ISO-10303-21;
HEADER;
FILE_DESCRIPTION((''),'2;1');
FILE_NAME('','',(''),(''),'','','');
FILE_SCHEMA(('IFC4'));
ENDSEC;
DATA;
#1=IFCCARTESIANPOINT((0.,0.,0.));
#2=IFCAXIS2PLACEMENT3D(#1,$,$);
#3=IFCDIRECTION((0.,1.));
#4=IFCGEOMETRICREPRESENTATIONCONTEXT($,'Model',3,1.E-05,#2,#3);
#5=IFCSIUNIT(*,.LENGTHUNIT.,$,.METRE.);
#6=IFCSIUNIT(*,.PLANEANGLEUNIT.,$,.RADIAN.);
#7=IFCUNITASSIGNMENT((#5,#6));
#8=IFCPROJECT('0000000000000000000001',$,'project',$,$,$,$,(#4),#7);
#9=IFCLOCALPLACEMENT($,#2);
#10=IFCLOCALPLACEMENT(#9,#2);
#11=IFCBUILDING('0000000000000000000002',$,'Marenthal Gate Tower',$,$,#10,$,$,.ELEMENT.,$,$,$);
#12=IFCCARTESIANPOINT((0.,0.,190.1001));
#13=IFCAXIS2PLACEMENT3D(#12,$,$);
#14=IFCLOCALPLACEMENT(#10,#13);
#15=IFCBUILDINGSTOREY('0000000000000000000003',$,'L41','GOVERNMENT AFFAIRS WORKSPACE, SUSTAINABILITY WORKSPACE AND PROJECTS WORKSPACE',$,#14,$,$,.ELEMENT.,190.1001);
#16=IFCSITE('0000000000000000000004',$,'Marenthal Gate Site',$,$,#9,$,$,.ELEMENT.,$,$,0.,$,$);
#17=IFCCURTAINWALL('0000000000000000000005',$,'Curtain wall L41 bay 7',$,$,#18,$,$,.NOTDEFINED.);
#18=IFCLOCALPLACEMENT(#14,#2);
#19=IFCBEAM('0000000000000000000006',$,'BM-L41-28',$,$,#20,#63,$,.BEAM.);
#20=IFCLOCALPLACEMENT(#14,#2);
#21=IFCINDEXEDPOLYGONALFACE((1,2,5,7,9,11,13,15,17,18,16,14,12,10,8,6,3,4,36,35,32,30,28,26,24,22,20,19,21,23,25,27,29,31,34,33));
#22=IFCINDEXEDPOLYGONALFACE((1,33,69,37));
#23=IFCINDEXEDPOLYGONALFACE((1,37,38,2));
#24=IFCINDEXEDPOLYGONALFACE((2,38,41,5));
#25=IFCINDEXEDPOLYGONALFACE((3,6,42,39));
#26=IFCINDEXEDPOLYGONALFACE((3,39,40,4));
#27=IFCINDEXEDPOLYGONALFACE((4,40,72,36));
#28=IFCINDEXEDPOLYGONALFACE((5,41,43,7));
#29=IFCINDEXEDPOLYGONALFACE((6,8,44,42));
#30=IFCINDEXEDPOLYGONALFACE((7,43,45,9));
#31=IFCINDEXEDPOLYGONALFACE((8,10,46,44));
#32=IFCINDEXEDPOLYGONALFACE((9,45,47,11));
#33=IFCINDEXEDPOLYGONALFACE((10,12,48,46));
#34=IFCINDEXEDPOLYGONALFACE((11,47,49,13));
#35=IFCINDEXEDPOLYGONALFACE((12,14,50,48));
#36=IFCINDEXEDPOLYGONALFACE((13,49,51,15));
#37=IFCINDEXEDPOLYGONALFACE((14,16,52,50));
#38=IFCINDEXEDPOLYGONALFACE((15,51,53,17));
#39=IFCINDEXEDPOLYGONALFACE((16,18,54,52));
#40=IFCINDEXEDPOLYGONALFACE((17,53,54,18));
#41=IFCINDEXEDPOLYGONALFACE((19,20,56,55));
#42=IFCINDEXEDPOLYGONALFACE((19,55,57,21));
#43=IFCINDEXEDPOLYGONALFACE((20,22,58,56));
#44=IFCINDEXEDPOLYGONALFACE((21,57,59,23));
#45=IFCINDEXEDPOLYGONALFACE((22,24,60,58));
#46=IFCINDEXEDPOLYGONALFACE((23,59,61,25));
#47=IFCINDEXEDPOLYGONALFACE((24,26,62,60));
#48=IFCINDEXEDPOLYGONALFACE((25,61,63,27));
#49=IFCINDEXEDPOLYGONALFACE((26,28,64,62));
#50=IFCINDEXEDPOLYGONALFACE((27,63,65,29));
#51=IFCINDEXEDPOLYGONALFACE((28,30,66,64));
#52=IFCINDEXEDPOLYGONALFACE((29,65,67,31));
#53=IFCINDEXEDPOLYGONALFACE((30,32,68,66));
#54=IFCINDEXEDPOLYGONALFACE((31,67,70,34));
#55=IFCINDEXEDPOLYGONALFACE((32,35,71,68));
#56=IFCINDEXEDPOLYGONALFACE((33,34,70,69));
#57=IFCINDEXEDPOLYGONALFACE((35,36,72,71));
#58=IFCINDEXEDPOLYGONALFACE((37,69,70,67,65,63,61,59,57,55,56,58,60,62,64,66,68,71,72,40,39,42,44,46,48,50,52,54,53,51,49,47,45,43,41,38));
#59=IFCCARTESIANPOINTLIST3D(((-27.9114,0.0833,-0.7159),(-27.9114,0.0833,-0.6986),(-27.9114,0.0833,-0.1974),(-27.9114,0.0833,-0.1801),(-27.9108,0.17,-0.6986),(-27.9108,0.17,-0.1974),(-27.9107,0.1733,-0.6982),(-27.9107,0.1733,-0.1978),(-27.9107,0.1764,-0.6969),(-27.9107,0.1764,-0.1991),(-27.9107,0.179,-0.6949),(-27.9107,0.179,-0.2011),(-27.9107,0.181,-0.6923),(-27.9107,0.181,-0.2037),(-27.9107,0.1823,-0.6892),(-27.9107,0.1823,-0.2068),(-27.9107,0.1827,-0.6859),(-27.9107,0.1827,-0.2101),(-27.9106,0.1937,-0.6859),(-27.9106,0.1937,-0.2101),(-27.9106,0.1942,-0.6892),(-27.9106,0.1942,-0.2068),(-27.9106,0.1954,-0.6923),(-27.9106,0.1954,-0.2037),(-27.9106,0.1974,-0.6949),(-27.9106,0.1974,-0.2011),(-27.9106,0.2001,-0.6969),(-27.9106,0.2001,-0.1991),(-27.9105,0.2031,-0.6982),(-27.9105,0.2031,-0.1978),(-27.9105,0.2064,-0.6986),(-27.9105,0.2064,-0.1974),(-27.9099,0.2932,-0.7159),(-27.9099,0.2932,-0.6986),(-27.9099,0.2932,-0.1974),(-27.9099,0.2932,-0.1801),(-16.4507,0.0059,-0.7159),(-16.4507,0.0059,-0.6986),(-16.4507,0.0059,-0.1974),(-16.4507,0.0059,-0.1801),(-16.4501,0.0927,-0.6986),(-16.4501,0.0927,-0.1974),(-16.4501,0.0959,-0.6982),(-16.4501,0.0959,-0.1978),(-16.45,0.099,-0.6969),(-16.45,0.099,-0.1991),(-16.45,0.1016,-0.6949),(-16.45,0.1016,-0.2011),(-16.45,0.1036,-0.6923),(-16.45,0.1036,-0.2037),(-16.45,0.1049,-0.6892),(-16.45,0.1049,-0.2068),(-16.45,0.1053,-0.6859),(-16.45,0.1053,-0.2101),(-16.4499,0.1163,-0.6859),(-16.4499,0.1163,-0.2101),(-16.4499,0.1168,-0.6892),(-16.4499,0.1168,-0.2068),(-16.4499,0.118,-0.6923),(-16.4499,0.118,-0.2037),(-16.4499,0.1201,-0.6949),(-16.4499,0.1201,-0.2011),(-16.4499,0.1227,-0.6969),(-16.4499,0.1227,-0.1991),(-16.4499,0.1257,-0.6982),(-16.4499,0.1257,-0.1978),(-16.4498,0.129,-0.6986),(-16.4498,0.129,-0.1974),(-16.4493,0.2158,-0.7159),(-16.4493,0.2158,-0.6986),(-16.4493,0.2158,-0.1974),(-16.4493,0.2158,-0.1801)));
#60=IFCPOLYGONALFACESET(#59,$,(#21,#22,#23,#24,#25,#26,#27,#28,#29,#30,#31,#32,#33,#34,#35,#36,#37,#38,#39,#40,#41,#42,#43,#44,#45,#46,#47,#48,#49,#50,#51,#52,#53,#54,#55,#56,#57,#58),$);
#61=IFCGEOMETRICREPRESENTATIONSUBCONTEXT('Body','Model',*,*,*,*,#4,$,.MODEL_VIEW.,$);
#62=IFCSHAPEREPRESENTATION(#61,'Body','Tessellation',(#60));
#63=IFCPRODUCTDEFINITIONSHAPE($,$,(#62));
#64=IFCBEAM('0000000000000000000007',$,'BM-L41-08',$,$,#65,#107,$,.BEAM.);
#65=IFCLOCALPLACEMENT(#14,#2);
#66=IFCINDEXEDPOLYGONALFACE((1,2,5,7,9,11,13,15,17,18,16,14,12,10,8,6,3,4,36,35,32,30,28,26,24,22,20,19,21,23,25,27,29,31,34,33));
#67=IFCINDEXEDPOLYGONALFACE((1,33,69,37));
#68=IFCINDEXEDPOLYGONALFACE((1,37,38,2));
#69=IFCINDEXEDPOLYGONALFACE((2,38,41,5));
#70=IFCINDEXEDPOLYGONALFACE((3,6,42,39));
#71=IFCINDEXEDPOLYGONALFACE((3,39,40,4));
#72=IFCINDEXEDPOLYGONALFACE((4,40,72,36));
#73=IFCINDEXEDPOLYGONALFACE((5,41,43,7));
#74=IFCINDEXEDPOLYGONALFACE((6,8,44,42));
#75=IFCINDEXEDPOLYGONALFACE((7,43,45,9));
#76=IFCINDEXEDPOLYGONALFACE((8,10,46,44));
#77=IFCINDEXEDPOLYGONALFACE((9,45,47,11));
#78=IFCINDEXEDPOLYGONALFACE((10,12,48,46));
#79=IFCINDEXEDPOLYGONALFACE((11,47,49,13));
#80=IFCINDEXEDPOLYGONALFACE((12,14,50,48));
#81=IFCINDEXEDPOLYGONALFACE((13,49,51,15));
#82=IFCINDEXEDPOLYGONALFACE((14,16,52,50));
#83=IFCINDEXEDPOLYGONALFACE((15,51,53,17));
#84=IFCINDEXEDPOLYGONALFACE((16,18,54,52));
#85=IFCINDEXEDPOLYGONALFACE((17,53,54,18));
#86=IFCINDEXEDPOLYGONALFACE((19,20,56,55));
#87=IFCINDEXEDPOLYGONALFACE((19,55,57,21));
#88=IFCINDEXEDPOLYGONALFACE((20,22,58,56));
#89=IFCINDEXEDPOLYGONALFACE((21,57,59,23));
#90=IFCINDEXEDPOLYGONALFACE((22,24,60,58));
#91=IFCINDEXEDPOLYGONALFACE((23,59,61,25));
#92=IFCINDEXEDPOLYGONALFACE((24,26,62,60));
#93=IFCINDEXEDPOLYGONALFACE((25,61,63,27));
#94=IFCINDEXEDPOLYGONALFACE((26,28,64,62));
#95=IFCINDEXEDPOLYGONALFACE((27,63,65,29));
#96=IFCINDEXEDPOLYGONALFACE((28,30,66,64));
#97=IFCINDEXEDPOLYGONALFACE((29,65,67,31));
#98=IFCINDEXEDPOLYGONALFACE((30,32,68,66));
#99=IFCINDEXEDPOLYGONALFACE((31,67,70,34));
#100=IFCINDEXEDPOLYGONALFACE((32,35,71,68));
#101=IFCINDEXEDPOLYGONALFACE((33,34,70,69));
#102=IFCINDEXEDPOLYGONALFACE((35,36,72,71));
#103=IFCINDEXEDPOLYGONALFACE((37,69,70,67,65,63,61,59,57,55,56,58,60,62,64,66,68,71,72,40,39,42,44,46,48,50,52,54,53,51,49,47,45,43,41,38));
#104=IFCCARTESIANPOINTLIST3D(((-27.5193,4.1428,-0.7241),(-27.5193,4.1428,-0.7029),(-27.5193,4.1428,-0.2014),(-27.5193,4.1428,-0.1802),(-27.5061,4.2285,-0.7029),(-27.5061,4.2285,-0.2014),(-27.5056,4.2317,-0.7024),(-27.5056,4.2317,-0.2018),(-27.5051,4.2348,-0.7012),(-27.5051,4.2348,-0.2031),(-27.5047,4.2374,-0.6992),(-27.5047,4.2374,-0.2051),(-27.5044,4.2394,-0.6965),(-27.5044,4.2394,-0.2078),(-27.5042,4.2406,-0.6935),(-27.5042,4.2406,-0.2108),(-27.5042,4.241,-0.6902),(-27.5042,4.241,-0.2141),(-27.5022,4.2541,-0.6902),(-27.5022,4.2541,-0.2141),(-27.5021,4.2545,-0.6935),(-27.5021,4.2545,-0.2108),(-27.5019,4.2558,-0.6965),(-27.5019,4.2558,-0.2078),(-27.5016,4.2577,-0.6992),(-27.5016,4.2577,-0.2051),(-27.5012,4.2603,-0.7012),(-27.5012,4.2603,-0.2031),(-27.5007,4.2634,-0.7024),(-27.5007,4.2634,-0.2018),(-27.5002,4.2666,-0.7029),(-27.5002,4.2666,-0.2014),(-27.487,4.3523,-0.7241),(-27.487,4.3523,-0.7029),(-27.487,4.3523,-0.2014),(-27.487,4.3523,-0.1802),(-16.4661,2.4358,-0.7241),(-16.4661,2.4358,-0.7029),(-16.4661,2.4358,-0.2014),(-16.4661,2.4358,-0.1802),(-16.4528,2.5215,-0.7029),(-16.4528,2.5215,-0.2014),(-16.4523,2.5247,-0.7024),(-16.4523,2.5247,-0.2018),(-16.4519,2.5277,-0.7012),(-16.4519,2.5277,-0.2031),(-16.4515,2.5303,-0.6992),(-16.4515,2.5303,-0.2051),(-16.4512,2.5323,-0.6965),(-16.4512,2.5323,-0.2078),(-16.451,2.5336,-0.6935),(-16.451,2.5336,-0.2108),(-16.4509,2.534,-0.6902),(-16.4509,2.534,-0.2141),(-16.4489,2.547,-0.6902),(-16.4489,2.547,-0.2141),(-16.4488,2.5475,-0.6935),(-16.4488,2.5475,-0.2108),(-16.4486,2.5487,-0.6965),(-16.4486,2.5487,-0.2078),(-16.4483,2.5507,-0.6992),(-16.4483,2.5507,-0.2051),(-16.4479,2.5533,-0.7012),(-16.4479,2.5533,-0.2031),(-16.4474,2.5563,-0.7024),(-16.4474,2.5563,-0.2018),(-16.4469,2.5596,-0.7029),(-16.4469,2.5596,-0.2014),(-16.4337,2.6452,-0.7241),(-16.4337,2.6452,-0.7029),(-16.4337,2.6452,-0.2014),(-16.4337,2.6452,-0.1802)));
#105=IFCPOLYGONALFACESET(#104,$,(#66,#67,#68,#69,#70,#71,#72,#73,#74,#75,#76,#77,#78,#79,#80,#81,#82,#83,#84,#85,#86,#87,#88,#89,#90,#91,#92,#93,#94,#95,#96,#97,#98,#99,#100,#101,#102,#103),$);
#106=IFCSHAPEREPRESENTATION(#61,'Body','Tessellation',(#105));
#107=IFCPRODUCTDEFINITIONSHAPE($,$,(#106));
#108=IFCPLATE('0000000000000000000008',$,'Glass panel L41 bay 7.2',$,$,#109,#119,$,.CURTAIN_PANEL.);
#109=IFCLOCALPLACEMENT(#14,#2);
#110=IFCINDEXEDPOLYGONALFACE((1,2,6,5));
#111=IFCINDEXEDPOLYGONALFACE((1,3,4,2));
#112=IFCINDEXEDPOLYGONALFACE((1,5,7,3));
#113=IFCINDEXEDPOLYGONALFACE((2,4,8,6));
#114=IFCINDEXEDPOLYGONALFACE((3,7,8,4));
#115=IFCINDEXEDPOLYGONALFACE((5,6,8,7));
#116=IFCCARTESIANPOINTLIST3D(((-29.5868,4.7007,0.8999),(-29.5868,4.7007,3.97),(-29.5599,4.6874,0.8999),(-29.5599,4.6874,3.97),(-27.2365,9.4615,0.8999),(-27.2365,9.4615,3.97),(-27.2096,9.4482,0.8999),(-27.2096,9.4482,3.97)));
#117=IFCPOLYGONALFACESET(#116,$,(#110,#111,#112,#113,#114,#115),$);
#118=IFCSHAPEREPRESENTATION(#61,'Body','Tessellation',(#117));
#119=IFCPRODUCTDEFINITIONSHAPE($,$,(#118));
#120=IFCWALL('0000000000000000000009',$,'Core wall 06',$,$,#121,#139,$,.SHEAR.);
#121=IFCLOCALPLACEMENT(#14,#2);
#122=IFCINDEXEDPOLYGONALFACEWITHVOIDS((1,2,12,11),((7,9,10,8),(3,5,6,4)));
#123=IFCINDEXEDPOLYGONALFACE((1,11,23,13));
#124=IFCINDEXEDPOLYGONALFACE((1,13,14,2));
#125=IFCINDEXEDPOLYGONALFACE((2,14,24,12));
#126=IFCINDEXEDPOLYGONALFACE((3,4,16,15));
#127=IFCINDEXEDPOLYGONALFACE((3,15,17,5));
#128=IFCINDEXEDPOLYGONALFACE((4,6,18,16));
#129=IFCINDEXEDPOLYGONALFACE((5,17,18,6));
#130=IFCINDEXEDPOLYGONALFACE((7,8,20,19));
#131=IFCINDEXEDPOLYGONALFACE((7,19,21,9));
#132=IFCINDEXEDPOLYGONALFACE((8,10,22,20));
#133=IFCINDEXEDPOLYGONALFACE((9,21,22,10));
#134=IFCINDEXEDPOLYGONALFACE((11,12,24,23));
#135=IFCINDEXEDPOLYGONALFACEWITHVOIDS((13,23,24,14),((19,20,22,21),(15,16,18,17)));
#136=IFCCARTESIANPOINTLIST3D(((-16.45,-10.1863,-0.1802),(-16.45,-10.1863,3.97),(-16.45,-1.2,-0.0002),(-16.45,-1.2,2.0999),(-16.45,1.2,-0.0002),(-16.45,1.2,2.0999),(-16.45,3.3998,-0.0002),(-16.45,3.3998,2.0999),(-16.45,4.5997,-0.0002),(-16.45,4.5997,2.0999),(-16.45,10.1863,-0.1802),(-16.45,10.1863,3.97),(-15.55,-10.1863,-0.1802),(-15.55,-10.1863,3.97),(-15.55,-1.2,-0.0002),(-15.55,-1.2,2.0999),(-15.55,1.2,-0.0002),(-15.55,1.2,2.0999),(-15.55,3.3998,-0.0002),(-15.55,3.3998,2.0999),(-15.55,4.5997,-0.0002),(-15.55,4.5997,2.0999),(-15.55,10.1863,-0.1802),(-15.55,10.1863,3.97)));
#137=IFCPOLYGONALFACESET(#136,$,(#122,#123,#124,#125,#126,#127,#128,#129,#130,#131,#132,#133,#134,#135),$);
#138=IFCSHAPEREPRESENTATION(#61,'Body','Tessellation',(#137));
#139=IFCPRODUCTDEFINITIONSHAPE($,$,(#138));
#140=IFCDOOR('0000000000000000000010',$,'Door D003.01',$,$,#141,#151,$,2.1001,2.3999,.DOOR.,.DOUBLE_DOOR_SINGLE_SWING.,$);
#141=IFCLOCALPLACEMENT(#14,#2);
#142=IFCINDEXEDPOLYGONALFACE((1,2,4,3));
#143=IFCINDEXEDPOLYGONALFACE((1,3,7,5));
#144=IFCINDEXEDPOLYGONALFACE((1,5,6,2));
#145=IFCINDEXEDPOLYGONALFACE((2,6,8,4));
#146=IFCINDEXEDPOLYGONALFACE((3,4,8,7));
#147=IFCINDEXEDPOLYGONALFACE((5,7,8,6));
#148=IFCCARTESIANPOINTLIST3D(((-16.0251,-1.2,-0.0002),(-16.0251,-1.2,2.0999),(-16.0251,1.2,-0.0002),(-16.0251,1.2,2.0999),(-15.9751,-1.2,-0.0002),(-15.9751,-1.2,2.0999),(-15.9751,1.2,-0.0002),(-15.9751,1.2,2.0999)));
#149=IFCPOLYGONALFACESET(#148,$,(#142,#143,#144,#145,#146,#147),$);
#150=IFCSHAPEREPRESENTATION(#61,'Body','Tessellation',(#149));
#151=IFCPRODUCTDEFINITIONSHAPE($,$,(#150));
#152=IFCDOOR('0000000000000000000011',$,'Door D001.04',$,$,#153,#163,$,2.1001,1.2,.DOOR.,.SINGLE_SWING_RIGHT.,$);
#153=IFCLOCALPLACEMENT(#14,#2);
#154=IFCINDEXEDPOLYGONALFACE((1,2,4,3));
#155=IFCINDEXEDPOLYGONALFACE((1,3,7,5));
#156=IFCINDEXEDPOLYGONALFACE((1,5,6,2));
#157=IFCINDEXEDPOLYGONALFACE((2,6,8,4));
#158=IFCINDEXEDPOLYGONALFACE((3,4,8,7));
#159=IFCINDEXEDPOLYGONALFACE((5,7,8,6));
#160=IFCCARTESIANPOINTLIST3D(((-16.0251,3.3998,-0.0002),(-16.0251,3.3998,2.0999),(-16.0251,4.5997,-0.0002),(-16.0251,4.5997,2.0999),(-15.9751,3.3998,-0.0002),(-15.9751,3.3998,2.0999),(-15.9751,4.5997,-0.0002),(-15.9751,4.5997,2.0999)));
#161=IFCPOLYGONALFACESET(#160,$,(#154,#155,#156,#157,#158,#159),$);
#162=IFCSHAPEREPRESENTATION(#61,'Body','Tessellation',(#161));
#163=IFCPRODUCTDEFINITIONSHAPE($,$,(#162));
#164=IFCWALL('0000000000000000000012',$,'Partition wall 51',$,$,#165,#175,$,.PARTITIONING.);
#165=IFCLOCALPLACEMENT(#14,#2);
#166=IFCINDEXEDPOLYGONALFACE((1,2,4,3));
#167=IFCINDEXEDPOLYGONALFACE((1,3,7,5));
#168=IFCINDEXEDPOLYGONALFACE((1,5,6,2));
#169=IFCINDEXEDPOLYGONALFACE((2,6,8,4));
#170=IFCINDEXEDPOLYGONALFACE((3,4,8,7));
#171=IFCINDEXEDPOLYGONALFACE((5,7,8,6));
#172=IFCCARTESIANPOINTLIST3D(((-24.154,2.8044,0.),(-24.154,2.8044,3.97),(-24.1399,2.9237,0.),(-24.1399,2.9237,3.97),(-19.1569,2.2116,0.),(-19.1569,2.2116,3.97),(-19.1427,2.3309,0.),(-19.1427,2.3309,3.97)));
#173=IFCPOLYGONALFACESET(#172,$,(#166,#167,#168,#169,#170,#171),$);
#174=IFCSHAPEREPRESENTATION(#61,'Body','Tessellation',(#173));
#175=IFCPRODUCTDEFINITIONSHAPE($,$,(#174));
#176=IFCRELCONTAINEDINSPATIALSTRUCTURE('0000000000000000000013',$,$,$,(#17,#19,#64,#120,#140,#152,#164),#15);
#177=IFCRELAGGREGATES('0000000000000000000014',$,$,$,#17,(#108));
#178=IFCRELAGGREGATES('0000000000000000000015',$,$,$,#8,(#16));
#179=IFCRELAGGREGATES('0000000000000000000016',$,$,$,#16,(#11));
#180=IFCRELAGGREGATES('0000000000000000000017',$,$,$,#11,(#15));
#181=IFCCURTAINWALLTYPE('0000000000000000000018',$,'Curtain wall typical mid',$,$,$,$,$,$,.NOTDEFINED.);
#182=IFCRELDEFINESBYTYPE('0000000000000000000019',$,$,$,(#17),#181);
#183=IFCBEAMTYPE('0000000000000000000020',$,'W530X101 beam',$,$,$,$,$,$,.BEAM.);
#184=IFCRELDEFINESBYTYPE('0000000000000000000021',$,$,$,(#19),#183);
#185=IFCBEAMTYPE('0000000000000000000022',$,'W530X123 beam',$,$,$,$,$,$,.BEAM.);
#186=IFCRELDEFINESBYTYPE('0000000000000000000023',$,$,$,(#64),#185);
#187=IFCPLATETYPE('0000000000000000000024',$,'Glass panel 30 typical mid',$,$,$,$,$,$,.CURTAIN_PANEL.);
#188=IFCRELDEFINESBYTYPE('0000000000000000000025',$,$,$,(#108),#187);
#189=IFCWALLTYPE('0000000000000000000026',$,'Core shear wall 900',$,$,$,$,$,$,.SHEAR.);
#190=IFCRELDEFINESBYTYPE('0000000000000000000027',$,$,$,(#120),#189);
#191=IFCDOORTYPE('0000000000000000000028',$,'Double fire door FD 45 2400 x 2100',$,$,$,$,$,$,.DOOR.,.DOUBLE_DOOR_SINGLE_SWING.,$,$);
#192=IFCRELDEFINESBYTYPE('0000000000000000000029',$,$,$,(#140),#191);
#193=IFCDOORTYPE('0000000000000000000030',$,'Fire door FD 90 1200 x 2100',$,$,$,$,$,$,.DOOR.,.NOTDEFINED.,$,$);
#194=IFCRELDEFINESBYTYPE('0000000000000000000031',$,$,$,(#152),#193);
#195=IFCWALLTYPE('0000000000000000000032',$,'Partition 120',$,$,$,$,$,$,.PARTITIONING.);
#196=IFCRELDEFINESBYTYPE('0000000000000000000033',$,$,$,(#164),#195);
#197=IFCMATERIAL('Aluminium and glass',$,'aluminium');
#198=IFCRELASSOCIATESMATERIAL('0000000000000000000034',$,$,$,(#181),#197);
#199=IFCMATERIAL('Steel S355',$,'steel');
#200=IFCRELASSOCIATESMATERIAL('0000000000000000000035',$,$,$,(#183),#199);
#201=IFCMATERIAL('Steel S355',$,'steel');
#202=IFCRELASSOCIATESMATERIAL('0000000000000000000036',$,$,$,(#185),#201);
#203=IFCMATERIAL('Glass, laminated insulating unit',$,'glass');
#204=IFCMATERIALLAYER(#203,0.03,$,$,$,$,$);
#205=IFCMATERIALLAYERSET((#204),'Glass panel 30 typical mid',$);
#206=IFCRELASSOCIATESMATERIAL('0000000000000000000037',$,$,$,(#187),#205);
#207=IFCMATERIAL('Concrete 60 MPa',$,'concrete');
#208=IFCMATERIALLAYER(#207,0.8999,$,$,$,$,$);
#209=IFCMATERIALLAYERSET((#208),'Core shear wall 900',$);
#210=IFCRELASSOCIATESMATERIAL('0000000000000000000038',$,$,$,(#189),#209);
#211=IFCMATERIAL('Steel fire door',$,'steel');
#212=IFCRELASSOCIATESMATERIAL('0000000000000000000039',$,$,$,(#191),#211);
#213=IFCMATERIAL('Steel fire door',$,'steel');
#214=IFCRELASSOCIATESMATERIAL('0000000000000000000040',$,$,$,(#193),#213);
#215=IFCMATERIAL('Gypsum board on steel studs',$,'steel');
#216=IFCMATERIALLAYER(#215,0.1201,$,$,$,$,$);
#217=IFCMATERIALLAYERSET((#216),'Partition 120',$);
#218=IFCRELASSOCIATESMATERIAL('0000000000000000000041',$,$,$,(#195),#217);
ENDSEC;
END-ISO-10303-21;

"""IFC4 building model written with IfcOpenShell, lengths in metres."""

from ifc_helpers import new_model, si_unit, direction, frame, frame_2d, origin, origin_2d, place, context, subcontext, project, spatial, rectangle, i_section, extrude, material, layer, layer_set, material_profile, profile_set, type_object, element, fill, aggregate, save


model = new_model("IFC4")

# Units and contexts
model_context = context("Model", 3, precision=1e-05, world=origin(), true_north=direction((0.0, 1.0)))
body_context = subcontext(model_context, "Body", "Model", "MODEL_VIEW")
ifc_project = project(units=[si_unit("LENGTHUNIT", "METRE"), si_unit("PLANEANGLEUNIT", "RADIAN")], contexts=[model_context])

# Site, building, storey
site_placement = place(None, origin())
site = spatial("IfcSite", under=ifc_project, at=site_placement, Name="Marenthal Gate Site", CompositionType="ELEMENT", RefElevation=0.0)
building_placement = place(site_placement, origin())
building = spatial("IfcBuilding", under=site, at=building_placement, Name="Marenthal Gate Tower", CompositionType="ELEMENT")
storey_placement = place(building_placement, frame((0.0, 0.0, 190.1001)))
storey = spatial("IfcBuildingStorey", under=building, at=storey_placement, Name="L41", Description="GOVERNMENT AFFAIRS WORKSPACE, SUSTAINABILITY WORKSPACE AND PROJECTS WORKSPACE", CompositionType="ELEMENT", Elevation=190.1001)

# Curtain wall
ifc_material_1 = material(Name="Aluminium and glass", Category="aluminium")
curtain_wall_type = type_object("IfcCurtainWallType", Name="Curtain wall typical mid", PredefinedType="NOTDEFINED", material=ifc_material_1)
curtain_wall_placement = place(storey_placement, origin())
curtain_wall = element("IfcCurtainWall", 1, at=curtain_wall_placement, inside=storey, type_object=curtain_wall_type, Name="Curtain wall L41 bay 7", PredefinedType="NOTDEFINED")

# Beams
ifc_material_2 = material(Name="Steel S355", Category="steel")
ifc_material_profile_1 = material_profile(ifc_material_2, i_section(OverallWidth=0.21, OverallDepth=0.5359, WebThickness=0.011, FlangeThickness=0.0173, FilletRadius=0.0127, at=origin_2d()), Name="W530X101")
ifc_profile_set_1 = profile_set([ifc_material_profile_1], Name="Steel S355")
beam_type_1 = type_object("IfcBeamType", Name="W530X101 beam", PredefinedType="BEAM", material=ifc_profile_set_1)
beam_1_placement = place(storey_placement, frame((-27.9106, 0.1882, -0.448), z_axis=(0.999977, -0.006753, 0.0), x_axis=(0.006753, 0.999977, 0.0)))
element("IfcBeam", 2, at=beam_1_placement, inside=storey, type_object=beam_type_1, Name="BM-L41-28", PredefinedType="BEAM", context=body_context, shape_type="SweptSolid", body=[
    extrude(i_section(OverallWidth=0.21, OverallDepth=0.5359, WebThickness=0.011, FlangeThickness=0.0173, FilletRadius=0.0127, at=origin_2d()), origin(), (0.0, 0.0, 1.0), 11.4609),
])
ifc_material_3 = material(Name="Steel S355", Category="steel")
ifc_material_profile_2 = material_profile(ifc_material_3, i_section(OverallWidth=0.2119, OverallDepth=0.5439, WebThickness=0.0132, FlangeThickness=0.0212, FilletRadius=0.0127, at=origin_2d()), Name="W530X123")
ifc_profile_set_2 = profile_set([ifc_material_profile_2], Name="Steel S355")
beam_type_2 = type_object("IfcBeamType", Name="W530X123 beam", PredefinedType="BEAM", material=ifc_profile_set_2)
beam_2_placement = place(storey_placement, frame((-27.5032, 4.2476, -0.4521), z_axis=(0.988284, -0.152628, 0.0), x_axis=(0.152628, 0.988284, 0.0)))
element("IfcBeam", 3, at=beam_2_placement, inside=storey, type_object=beam_type_2, Name="BM-L41-08", PredefinedType="BEAM", context=body_context, shape_type="SweptSolid", body=[
    extrude(i_section(OverallWidth=0.2119, OverallDepth=0.5439, WebThickness=0.0132, FlangeThickness=0.0212, FilletRadius=0.0127, at=origin_2d()), origin(), (0.0, 0.0, 1.0), 11.1843),
])

# Plate
ifc_material_4 = material(Name="Glass, laminated insulating unit", Category="glass")
ifc_layer_1 = layer(ifc_material_4, 0.03)
ifc_layer_set_1 = layer_set([ifc_layer_1], Name="Glass panel 30 typical mid")
plate_type = type_object("IfcPlateType", Name="Glass panel 30 typical mid", PredefinedType="CURTAIN_PANEL", material=ifc_layer_set_1)
plate_placement = place(storey_placement, frame((-28.3982, 7.0745, 0.8999), z_axis=(0.0, 0.0, 1.0), x_axis=(-0.442678, -0.896681, 0.0)))
plate = element("IfcPlate", 4, at=plate_placement, type_object=plate_type, Name="Glass panel L41 bay 7.2", PredefinedType="CURTAIN_PANEL", context=body_context, shape_type="SweptSolid", body=[
    extrude(rectangle(XDim=5.3093, YDim=0.03, at=origin_2d()), origin(), (0.0, 0.0, 1.0), 3.0701),
])
aggregate(curtain_wall, [plate])

# Wall, openings, doors
ifc_material_5 = material(Name="Concrete 60 MPa", Category="concrete")
ifc_layer_2 = layer(ifc_material_5, 0.8999)
ifc_layer_set_2 = layer_set([ifc_layer_2], Name="Core shear wall 900")
wall_type_1 = type_object("IfcWallType", Name="Core shear wall 900", PredefinedType="SHEAR", material=ifc_layer_set_2)
wall_1_placement = place(storey_placement, frame((-16.0, 10.1863, -0.1802), z_axis=(0.0, 0.0, 1.0), x_axis=(0.0, -1.0, 0.0)))
wall_1 = element("IfcWall", 5, at=wall_1_placement, inside=storey, type_object=wall_type_1, Name="Core wall 06", PredefinedType="SHEAR", context=body_context, shape_type="SweptSolid", body=[
    extrude(rectangle(XDim=20.3726, YDim=0.8999, at=frame_2d((10.1863, 0.0))), origin(), (0.0, 0.0, 1.0), 4.1501),
])
opening_1_placement = place(wall_1_placement, frame((8.9863, 0.0, 0.1799)))
opening_1 = element("IfcOpeningElement", 6, at=opening_1_placement, cuts=wall_1, PredefinedType="OPENING", context=body_context, shape_type="SweptSolid", body=[
    extrude(rectangle(XDim=2.3999, YDim=2.1001, at=frame_2d((1.2, 1.05))), frame((0.0, 0.46, 0.0), z_axis=(0.0, -1.0, 0.0), x_axis=(1.0, 0.0, 0.0)), (0.0, 0.0, 1.0), 0.9199),
])
opening_2_placement = place(wall_1_placement, frame((5.5864, 0.0, 0.1799)))
opening_2 = element("IfcOpeningElement", 7, at=opening_2_placement, cuts=wall_1, PredefinedType="OPENING", context=body_context, shape_type="SweptSolid", body=[
    extrude(rectangle(XDim=1.2, YDim=2.1001, at=frame_2d((0.6001, 1.05))), frame((0.0, 0.46, 0.0), z_axis=(0.0, -1.0, 0.0), x_axis=(1.0, 0.0, 0.0)), (0.0, 0.0, 1.0), 0.9199),
])
ifc_material_6 = material(Name="Steel fire door", Category="steel")
door_type_1 = type_object("IfcDoorType", Name="Double fire door FD 45 2400 x 2100", OperationType="DOUBLE_DOOR_SINGLE_SWING", PredefinedType="DOOR", material=ifc_material_6)
door_1_placement = place(opening_1_placement, origin())
door_1 = element("IfcDoor", 8, at=door_1_placement, inside=storey, type_object=door_type_1, Name="Door D003.01", OperationType="DOUBLE_DOOR_SINGLE_SWING", OverallHeight=2.1001, OverallWidth=2.3999, PredefinedType="DOOR", context=body_context, shape_type="SweptSolid", body=[
    extrude(rectangle(XDim=2.3999, YDim=2.1001, at=frame_2d((1.2, 1.05))), frame((0.0, 0.0249, 0.0), z_axis=(0.0, -1.0, 0.0), x_axis=(1.0, 0.0, 0.0)), (0.0, 0.0, 1.0), 0.05),
])
fill(opening_1, door_1)
ifc_material_7 = material(Name="Steel fire door", Category="steel")
door_type_2 = type_object("IfcDoorType", Name="Fire door FD 90 1200 x 2100", OperationType="NOTDEFINED", PredefinedType="DOOR", material=ifc_material_7)
door_2_placement = place(opening_2_placement, origin())
door_2 = element("IfcDoor", 9, at=door_2_placement, inside=storey, type_object=door_type_2, Name="Door D001.04", OperationType="SINGLE_SWING_RIGHT", OverallHeight=2.1001, OverallWidth=1.2, PredefinedType="DOOR", context=body_context, shape_type="SweptSolid", body=[
    extrude(rectangle(XDim=1.2, YDim=2.1001, at=frame_2d((0.6001, 1.05))), frame((0.0, 0.0249, 0.0), z_axis=(0.0, -1.0, 0.0), x_axis=(1.0, 0.0, 0.0)), (0.0, 0.0, 1.0), 0.05),
])
fill(opening_2, door_2)

# Wall
ifc_material_8 = material(Name="Gypsum board on steel studs", Category="steel")
ifc_layer_3 = layer(ifc_material_8, 0.1201)
ifc_layer_set_3 = layer_set([ifc_layer_3], Name="Partition 120")
wall_type_2 = type_object("IfcWallType", Name="Partition 120", PredefinedType="PARTITIONING", material=ifc_layer_set_3)
wall_2_placement = place(storey_placement, frame((-24.147, 2.864, 0.0), z_axis=(0.0, 0.0, 1.0), x_axis=(0.993038, -0.117798, 0.0)))
element("IfcWall", 10, at=wall_2_placement, inside=storey, type_object=wall_type_2, Name="Partition wall 51", PredefinedType="PARTITIONING", context=body_context, shape_type="SweptSolid", body=[
    extrude(rectangle(XDim=5.0322, YDim=0.1201, at=frame_2d((2.5161, 0.0))), origin(), (0.0, 0.0, 1.0), 3.97),
])

save(model, "model.ifc")
